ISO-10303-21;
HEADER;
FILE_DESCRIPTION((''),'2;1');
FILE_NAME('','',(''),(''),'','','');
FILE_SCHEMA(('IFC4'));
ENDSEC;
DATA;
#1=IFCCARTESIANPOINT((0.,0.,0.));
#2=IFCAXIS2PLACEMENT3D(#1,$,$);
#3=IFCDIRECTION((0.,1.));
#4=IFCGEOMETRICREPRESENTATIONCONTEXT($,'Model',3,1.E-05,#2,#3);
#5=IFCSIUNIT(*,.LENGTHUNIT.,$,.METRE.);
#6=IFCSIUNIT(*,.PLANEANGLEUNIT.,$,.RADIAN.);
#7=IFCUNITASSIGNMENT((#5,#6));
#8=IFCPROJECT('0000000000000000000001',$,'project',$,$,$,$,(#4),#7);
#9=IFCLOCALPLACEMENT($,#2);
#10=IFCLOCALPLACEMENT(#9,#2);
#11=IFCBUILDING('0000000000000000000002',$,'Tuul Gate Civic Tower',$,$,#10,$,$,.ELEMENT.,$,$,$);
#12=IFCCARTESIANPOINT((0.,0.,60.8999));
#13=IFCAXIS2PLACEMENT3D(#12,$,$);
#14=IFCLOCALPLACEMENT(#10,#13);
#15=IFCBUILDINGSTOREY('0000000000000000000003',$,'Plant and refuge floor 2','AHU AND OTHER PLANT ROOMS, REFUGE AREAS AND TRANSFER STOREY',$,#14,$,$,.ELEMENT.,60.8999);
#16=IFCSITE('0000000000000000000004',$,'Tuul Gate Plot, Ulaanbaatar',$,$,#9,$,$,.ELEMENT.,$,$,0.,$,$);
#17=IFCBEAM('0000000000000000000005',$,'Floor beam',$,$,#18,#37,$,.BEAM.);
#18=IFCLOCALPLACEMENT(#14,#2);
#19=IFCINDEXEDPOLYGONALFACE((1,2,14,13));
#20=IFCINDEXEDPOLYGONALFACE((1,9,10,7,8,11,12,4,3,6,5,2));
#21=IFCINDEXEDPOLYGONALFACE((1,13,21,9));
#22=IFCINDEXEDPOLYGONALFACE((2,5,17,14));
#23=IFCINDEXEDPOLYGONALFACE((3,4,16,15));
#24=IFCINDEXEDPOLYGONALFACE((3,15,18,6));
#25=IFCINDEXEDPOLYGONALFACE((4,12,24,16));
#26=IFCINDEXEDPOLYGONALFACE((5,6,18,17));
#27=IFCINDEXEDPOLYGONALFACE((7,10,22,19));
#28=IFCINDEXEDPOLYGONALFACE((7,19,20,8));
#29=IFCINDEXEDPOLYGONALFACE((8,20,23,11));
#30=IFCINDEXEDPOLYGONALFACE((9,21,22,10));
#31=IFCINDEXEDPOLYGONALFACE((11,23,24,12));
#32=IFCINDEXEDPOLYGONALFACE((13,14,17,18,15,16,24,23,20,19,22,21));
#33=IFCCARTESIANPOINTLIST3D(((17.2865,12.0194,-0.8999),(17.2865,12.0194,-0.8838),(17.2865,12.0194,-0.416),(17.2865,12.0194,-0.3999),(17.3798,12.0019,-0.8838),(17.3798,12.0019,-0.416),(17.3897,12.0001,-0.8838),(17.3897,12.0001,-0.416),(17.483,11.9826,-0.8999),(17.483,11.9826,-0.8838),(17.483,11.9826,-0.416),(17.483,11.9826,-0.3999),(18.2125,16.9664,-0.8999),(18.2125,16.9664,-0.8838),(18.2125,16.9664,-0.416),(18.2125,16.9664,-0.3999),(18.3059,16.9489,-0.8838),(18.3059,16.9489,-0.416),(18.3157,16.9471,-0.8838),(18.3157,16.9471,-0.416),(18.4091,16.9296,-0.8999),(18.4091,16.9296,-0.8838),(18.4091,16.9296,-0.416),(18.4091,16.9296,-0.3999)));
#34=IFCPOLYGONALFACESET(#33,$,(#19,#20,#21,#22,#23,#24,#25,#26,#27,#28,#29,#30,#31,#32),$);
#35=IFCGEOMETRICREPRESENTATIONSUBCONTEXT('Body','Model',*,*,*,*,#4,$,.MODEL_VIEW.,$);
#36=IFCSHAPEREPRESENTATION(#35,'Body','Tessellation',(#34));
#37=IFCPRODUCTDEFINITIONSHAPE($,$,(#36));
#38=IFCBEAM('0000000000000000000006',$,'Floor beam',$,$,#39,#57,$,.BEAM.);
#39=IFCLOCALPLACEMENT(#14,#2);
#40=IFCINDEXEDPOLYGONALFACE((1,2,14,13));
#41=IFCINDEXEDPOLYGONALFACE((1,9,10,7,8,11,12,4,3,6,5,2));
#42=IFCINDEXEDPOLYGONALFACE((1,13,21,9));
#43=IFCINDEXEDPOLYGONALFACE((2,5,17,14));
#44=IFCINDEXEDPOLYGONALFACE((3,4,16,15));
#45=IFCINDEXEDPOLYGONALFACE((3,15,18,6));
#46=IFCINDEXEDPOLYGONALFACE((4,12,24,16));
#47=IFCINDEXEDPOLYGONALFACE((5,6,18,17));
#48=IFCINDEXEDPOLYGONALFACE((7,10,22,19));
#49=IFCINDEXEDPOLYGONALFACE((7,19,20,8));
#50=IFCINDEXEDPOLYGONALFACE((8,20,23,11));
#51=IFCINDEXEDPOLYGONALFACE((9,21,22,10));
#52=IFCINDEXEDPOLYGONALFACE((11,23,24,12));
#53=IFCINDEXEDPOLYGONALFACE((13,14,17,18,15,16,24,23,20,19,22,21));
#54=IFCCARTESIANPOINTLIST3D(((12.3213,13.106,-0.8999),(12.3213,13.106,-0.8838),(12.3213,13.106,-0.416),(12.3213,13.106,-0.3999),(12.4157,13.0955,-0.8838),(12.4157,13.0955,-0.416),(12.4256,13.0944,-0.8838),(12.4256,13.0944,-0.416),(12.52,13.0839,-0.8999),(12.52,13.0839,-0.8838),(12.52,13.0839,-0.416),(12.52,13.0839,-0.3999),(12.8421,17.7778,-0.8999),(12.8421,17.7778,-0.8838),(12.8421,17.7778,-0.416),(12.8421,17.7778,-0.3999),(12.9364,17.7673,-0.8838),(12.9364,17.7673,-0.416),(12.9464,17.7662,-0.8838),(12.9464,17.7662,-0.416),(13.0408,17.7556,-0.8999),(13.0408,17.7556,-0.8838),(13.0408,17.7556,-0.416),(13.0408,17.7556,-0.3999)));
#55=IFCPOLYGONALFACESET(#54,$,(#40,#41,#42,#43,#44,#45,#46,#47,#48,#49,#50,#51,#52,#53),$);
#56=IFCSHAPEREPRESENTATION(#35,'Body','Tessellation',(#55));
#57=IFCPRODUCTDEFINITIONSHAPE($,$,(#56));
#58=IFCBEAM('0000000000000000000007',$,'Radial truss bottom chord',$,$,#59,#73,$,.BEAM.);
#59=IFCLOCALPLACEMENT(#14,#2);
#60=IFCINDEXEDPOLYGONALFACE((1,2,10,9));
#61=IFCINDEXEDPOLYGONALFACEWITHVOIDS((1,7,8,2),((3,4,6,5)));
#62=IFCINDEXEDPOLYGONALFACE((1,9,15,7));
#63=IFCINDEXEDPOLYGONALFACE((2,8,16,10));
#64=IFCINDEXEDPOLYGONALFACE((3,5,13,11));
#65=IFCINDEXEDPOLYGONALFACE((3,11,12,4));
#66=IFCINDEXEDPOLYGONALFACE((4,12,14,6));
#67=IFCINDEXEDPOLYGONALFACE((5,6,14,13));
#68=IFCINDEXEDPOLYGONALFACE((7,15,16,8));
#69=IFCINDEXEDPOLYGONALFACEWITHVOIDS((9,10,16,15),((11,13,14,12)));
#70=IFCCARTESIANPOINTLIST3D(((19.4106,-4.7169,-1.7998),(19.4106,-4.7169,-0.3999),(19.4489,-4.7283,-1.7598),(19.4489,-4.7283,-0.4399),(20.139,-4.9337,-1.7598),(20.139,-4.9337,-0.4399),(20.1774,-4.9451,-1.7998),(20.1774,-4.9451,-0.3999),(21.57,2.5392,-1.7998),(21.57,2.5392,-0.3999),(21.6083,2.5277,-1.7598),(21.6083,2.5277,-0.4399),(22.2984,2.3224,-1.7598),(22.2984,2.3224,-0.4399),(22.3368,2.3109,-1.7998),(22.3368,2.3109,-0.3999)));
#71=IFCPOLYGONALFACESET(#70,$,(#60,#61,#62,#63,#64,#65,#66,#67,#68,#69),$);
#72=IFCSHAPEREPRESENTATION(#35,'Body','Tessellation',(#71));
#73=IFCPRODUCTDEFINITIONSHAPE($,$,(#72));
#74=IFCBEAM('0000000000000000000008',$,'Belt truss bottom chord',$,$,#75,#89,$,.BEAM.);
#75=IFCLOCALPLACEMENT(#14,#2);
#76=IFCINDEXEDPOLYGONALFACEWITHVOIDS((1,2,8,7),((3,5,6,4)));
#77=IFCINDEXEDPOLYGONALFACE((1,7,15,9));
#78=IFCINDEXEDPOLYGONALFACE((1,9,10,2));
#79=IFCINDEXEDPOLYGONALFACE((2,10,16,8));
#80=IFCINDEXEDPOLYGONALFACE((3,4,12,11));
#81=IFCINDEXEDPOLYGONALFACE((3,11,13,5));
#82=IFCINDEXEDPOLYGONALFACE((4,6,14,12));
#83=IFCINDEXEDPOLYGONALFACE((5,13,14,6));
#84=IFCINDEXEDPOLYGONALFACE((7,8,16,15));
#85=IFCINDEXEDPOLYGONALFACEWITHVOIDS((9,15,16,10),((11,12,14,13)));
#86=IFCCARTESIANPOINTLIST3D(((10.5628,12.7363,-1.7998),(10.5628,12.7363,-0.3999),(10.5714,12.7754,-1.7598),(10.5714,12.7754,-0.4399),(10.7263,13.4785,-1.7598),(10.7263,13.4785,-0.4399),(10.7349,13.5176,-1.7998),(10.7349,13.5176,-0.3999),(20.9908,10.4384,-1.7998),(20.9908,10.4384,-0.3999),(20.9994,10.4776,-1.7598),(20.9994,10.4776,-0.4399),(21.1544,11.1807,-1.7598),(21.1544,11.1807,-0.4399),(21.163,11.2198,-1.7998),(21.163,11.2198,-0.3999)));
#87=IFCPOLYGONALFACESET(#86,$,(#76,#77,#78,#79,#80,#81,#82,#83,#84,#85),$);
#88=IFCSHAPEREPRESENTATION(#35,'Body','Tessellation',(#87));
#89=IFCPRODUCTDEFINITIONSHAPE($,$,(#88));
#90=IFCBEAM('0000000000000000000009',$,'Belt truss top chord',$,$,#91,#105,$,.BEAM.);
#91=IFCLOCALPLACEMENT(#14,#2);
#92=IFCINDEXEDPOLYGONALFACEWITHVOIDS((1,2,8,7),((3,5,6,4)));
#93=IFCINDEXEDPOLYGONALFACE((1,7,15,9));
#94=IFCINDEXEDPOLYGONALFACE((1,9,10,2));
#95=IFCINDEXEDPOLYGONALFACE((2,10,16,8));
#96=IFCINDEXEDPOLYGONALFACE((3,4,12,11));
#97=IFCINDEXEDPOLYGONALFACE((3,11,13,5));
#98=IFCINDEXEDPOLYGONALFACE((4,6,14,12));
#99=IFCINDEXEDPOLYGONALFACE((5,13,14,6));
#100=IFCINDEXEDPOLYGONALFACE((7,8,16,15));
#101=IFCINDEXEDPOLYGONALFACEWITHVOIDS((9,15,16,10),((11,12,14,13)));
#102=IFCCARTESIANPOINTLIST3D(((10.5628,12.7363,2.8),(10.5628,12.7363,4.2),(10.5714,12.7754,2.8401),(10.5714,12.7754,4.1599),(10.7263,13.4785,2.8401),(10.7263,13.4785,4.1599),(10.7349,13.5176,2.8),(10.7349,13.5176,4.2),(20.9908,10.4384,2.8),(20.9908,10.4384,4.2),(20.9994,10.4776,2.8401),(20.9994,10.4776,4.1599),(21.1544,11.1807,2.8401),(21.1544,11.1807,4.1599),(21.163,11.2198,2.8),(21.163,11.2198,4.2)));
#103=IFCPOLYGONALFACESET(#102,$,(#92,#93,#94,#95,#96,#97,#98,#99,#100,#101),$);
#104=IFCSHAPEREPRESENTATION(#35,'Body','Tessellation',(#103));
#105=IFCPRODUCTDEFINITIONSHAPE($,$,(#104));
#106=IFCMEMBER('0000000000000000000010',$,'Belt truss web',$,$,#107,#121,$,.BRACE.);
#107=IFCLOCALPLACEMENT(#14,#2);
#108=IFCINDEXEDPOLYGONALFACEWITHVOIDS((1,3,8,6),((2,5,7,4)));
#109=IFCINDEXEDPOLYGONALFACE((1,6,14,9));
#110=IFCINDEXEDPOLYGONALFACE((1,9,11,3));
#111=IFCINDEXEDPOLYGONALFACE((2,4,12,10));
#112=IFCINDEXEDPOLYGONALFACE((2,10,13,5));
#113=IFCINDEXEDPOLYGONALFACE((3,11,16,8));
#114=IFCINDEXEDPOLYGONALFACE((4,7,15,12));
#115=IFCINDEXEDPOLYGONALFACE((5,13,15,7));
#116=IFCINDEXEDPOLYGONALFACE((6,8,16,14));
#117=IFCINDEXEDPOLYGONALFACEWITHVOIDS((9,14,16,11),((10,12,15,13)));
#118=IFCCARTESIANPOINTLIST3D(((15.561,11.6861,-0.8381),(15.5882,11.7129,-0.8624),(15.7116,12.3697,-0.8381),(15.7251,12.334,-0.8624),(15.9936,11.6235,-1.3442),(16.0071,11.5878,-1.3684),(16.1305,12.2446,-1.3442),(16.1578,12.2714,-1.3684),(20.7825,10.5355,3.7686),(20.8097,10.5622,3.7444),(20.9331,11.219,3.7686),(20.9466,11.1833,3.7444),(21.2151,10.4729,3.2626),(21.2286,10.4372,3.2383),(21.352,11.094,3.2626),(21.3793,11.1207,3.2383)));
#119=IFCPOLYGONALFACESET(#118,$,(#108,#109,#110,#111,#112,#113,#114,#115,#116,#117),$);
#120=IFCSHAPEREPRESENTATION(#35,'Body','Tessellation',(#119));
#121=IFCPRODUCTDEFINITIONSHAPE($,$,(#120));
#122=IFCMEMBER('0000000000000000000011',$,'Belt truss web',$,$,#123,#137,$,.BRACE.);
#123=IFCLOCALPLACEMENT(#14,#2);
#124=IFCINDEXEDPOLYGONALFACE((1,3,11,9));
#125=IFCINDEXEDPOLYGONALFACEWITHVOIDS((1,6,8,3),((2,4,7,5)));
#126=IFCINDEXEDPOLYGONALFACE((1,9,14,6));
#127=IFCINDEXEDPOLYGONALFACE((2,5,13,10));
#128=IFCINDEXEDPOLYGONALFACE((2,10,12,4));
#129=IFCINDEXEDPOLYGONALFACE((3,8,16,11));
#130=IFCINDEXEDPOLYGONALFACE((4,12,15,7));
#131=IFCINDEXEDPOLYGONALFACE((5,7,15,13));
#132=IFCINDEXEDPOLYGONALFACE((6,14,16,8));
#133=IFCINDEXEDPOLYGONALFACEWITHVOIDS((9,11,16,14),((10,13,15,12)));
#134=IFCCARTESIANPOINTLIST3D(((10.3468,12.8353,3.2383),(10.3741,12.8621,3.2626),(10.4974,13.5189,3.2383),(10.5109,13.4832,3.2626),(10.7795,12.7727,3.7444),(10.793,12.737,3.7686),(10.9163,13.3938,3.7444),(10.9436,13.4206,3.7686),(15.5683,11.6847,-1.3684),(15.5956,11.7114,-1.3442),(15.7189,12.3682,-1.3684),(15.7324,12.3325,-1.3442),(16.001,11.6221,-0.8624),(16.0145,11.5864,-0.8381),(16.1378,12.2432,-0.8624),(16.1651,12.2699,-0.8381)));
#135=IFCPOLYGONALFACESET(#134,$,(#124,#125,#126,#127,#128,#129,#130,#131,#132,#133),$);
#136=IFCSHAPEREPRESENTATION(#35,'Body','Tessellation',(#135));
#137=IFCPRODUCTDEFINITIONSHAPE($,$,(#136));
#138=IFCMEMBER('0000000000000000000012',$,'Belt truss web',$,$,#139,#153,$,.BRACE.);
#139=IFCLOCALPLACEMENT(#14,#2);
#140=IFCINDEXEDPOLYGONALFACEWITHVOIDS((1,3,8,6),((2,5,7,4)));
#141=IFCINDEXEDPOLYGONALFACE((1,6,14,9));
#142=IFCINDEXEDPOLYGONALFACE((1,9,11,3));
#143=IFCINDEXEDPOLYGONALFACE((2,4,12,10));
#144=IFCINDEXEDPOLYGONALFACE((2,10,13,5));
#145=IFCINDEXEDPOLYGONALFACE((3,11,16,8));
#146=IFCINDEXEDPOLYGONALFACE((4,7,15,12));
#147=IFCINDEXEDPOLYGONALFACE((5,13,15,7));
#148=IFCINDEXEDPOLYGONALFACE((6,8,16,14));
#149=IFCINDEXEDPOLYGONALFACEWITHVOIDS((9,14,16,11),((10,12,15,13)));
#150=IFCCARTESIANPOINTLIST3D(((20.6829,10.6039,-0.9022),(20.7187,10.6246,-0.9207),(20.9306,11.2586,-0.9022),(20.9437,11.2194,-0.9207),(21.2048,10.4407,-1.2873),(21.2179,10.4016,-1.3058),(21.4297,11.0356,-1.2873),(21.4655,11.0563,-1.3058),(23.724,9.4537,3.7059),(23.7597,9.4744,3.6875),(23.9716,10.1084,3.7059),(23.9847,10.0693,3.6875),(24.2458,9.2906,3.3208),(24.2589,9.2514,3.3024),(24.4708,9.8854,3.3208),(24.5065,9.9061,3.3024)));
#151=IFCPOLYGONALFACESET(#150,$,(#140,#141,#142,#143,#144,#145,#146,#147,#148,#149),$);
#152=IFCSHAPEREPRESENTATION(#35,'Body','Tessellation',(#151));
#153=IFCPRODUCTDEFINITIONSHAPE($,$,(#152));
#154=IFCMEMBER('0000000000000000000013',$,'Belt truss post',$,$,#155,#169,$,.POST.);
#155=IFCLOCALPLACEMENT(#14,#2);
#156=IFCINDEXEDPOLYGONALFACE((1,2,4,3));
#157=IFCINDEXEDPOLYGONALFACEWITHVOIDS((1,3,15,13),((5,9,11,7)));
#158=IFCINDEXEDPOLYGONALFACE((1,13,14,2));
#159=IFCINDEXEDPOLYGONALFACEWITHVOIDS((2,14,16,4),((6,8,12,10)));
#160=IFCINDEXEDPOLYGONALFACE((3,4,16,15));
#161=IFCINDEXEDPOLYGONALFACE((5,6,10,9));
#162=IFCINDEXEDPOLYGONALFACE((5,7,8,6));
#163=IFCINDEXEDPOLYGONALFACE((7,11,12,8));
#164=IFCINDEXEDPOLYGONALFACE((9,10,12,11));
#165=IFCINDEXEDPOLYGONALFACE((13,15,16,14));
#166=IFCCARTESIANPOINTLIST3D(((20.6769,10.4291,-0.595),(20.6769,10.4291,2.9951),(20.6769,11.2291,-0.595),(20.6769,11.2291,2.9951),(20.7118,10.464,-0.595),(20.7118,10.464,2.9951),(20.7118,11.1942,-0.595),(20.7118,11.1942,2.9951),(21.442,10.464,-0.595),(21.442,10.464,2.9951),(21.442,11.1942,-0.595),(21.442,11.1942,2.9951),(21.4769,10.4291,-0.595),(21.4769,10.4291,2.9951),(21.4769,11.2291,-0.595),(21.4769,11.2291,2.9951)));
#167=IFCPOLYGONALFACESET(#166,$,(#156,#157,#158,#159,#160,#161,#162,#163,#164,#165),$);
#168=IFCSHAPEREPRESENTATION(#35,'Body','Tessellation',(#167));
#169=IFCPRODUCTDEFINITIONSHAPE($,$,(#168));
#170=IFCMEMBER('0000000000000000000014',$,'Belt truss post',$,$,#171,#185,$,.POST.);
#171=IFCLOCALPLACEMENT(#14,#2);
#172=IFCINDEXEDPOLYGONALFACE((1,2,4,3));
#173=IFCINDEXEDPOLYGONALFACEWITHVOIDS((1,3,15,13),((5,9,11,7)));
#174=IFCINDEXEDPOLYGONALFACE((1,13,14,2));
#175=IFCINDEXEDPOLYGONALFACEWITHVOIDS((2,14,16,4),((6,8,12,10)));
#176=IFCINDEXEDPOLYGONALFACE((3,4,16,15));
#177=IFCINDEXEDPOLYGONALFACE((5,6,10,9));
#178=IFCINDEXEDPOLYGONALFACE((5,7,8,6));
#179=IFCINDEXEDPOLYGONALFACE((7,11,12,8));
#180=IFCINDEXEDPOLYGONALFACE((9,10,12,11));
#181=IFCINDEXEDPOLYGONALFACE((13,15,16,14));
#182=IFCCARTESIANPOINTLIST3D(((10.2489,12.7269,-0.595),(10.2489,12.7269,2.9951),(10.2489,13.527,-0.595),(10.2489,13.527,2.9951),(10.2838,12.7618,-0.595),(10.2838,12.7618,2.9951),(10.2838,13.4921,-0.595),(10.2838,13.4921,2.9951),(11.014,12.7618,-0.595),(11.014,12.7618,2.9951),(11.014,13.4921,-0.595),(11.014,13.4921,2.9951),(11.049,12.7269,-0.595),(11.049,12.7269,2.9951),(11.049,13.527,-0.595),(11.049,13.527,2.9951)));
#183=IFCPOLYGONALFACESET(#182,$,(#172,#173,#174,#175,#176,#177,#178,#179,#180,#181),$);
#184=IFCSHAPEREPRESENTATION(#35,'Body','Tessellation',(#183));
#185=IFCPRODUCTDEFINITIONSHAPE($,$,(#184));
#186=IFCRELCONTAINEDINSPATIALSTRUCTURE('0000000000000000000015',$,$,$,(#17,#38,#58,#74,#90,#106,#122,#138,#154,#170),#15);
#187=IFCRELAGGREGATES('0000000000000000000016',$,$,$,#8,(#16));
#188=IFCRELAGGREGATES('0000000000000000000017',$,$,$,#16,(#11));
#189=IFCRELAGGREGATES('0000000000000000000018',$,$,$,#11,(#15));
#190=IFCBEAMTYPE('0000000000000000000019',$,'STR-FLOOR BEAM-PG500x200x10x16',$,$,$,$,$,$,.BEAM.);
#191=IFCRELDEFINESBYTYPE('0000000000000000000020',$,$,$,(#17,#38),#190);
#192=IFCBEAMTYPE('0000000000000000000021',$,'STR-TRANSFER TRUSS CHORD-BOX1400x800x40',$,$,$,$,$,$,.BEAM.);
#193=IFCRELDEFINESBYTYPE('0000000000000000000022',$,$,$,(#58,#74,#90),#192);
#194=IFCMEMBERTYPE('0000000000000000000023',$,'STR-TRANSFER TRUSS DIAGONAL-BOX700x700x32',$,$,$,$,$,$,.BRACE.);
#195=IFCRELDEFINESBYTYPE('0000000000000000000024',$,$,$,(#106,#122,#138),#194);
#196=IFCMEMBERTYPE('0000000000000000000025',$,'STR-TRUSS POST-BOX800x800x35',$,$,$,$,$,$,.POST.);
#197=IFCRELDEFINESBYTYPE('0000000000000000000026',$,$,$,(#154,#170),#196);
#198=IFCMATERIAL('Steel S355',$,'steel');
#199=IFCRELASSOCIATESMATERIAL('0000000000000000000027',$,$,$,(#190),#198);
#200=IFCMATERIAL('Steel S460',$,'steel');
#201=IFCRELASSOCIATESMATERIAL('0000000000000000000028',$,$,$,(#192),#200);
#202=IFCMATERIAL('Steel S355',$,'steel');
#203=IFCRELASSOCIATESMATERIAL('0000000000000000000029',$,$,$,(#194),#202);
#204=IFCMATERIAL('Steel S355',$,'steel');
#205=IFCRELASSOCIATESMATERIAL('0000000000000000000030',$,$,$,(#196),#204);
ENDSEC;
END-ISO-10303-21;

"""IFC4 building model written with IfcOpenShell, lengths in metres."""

from ifc_helpers import new_model, si_unit, direction, frame, origin, origin_2d, place, context, subcontext, project, spatial, hollow_rectangle, i_section, extrude, material, material_profile, profile_set, type_object, element, save


model = new_model("IFC4")

# Units and contexts
model_context = context("Model", 3, precision=1e-05, world=origin(), true_north=direction((0.0, 1.0)))
body_context = subcontext(model_context, "Body", "Model", "MODEL_VIEW")
ifc_project = project(units=[si_unit("LENGTHUNIT", "METRE"), si_unit("PLANEANGLEUNIT", "RADIAN")], contexts=[model_context])

# Site, building, storey
site_placement = place(None, origin())
site = spatial("IfcSite", under=ifc_project, at=site_placement, Name="Tuul Gate Plot, Ulaanbaatar", CompositionType="ELEMENT", RefElevation=0.0)
building_placement = place(site_placement, origin())
building = spatial("IfcBuilding", under=site, at=building_placement, Name="Tuul Gate Civic Tower", CompositionType="ELEMENT")
storey_placement = place(building_placement, frame((0.0, 0.0, 60.8999)))
storey = spatial("IfcBuildingStorey", under=building, at=storey_placement, Name="Plant and refuge floor 2", Description="AHU AND OTHER PLANT ROOMS, REFUGE AREAS AND TRANSFER STOREY", CompositionType="ELEMENT", Elevation=60.8999)

# Beams
ifc_material_1 = material(Name="Steel S355", Category="steel")
ifc_material_profile_1 = material_profile(ifc_material_1, i_section(OverallWidth=0.2, OverallDepth=0.5, WebThickness=0.01, FlangeThickness=0.0161, at=origin_2d()), Name="PG500x200x10x16")
ifc_profile_set_1 = profile_set([ifc_material_profile_1], Name="Steel S355")
beam_type_1 = type_object("IfcBeamType", Name="STR-FLOOR BEAM-PG500x200x10x16", PredefinedType="BEAM", material=ifc_profile_set_1)
beam_1_placement = place(storey_placement, frame((17.3848, 12.001, -0.6499), z_axis=(0.183993, 0.982928, 0.0), x_axis=(-0.982928, 0.183993, 0.0)))
element("IfcBeam", 1, at=beam_1_placement, inside=storey, type_object=beam_type_1, Name="Floor beam", PredefinedType="BEAM", context=body_context, shape_type="SweptSolid", body=[
    extrude(i_section(OverallWidth=0.2, OverallDepth=0.5, WebThickness=0.01, FlangeThickness=0.0161, at=origin_2d()), origin(), (0.0, 0.0, 1.0), 5.033),
])
beam_2_placement = place(storey_placement, frame((12.4207, 13.095, -0.6499), z_axis=(0.110785, 0.993844, 0.0), x_axis=(-0.993844, 0.110785, 0.0)))
element("IfcBeam", 2, at=beam_2_placement, inside=storey, type_object=beam_type_1, Name="Floor beam", PredefinedType="BEAM", context=body_context, shape_type="SweptSolid", body=[
    extrude(i_section(OverallWidth=0.2, OverallDepth=0.5, WebThickness=0.01, FlangeThickness=0.0161, at=origin_2d()), origin(), (0.0, 0.0, 1.0), 4.7007),
])
ifc_material_2 = material(Name="Steel S460", Category="steel")
ifc_material_profile_2 = material_profile(ifc_material_2, hollow_rectangle(XDim=0.8, YDim=1.3999, WallThickness=0.04, at=origin_2d()), Name="BOX1400x800x40")
ifc_profile_set_2 = profile_set([ifc_material_profile_2], Name="Steel S460")
beam_type_2 = type_object("IfcBeamType", Name="STR-TRANSFER TRUSS CHORD-BOX1400x800x40", PredefinedType="BEAM", material=ifc_profile_set_2)
beam_3_placement = place(storey_placement, frame((21.9534, 2.425, -1.0999), z_axis=(-0.285238, -0.958457, 0.0), x_axis=(0.958457, -0.285238, 0.0)))
element("IfcBeam", 3, at=beam_3_placement, inside=storey, type_object=beam_type_2, Name="Radial truss bottom chord", PredefinedType="BEAM", context=body_context, shape_type="SweptSolid", body=[
    extrude(hollow_rectangle(XDim=0.8, YDim=1.3999, WallThickness=0.04, at=origin_2d()), origin(), (0.0, 0.0, 1.0), 7.5706),
])
for number, where, z_axis, x_axis, name in (
    (4, (21.0769, 10.8291, -1.0999), (-0.976572, 0.215192, 0.0), (-0.215192, -0.976572, 0.0), "Belt truss bottom chord"),
    (5, (21.0769, 10.8291, 3.5), (-0.976572, 0.215192, 0.0), (-0.215192, -0.976572, 0.0), "Belt truss top chord"),
):
    element("IfcBeam", number, at=place(storey_placement, frame(where, z_axis=z_axis, x_axis=x_axis)), inside=storey, type_object=beam_type_2, Name=name, PredefinedType="BEAM", context=body_context, shape_type="SweptSolid", body=[
        extrude(hollow_rectangle(XDim=0.8, YDim=1.3999, WallThickness=0.04, at=origin_2d()), origin(), (0.0, 0.0, 1.0), 10.6782),
    ])

# Members
ifc_material_3 = material(Name="Steel S355", Category="steel")
ifc_material_profile_3 = material_profile(ifc_material_3, hollow_rectangle(XDim=0.7, YDim=0.7, WallThickness=0.032, at=origin_2d()), Name="BOX700x700x32")
ifc_profile_set_3 = profile_set([ifc_material_profile_3], Name="Steel S355")
member_type_1 = type_object("IfcMemberType", Name="STR-TRANSFER TRUSS DIAGONAL-BOX700x700x32", PredefinedType="BRACE", material=ifc_profile_set_3)
for number, where, z_axis, x_axis, name in (
    (6, (15.8594, 11.9788, -1.1033), (0.739837, -0.163036, 0.652733), (0.215204, 0.976569, 0.0), "Belt truss web"),
    (7, (15.8667, 11.9773, -1.1033), (-0.739837, 0.163036, 0.652733), (-0.215204, -0.976569, 0.0), "Belt truss web"),
):
    element("IfcMember", number, at=place(storey_placement, frame(where, z_axis=z_axis, x_axis=x_axis)), inside=storey, type_object=member_type_1, Name=name, PredefinedType="BRACE", context=body_context, shape_type="SweptSolid", body=[
        extrude(hollow_rectangle(XDim=0.7, YDim=0.7, WallThickness=0.032, at=origin_2d()), origin(), (0.0, 0.0, 1.0), 7.0576),
    ])
member_placement = place(storey_placement, frame((21.0742, 10.8301, -1.104), z_axis=(0.53922, -0.203939, 0.817099), x_axis=(0.353755, 0.935338, 0.0)))
element("IfcMember", 8, at=member_placement, inside=storey, type_object=member_type_1, Name="Belt truss web", PredefinedType="BRACE", context=body_context, shape_type="SweptSolid", body=[
    extrude(hollow_rectangle(XDim=0.7, YDim=0.7, WallThickness=0.032, at=origin_2d()), origin(), (0.0, 0.0, 1.0), 5.6396),
])
ifc_material_4 = material(Name="Steel S355", Category="steel")
ifc_material_profile_4 = material_profile(ifc_material_4, hollow_rectangle(XDim=0.8, YDim=0.8, WallThickness=0.0349, at=origin_2d()), Name="BOX800x800x35")
ifc_profile_set_4 = profile_set([ifc_material_profile_4], Name="Steel S355")
member_type_2 = type_object("IfcMemberType", Name="STR-TRUSS POST-BOX800x800x35", PredefinedType="POST", material=ifc_profile_set_4)
for number, where, z_axis, x_axis, name in (
    (9, (21.0769, 10.8291, -0.595), (0.0, 0.0, 1.0), (1.0, 0.0, 0.0), "Belt truss post"),
    (10, (10.6489, 13.127, -0.595), (0.0, 0.0, 1.0), (1.0, 0.0, 0.0), "Belt truss post"),
):
    element("IfcMember", number, at=place(storey_placement, frame(where, z_axis=z_axis, x_axis=x_axis)), inside=storey, type_object=member_type_2, Name=name, PredefinedType="POST", context=body_context, shape_type="SweptSolid", body=[
        extrude(hollow_rectangle(XDim=0.8, YDim=0.8, WallThickness=0.0349, at=origin_2d()), origin(), (0.0, 0.0, 1.0), 3.5901),
    ])

save(model, "model.ifc")
